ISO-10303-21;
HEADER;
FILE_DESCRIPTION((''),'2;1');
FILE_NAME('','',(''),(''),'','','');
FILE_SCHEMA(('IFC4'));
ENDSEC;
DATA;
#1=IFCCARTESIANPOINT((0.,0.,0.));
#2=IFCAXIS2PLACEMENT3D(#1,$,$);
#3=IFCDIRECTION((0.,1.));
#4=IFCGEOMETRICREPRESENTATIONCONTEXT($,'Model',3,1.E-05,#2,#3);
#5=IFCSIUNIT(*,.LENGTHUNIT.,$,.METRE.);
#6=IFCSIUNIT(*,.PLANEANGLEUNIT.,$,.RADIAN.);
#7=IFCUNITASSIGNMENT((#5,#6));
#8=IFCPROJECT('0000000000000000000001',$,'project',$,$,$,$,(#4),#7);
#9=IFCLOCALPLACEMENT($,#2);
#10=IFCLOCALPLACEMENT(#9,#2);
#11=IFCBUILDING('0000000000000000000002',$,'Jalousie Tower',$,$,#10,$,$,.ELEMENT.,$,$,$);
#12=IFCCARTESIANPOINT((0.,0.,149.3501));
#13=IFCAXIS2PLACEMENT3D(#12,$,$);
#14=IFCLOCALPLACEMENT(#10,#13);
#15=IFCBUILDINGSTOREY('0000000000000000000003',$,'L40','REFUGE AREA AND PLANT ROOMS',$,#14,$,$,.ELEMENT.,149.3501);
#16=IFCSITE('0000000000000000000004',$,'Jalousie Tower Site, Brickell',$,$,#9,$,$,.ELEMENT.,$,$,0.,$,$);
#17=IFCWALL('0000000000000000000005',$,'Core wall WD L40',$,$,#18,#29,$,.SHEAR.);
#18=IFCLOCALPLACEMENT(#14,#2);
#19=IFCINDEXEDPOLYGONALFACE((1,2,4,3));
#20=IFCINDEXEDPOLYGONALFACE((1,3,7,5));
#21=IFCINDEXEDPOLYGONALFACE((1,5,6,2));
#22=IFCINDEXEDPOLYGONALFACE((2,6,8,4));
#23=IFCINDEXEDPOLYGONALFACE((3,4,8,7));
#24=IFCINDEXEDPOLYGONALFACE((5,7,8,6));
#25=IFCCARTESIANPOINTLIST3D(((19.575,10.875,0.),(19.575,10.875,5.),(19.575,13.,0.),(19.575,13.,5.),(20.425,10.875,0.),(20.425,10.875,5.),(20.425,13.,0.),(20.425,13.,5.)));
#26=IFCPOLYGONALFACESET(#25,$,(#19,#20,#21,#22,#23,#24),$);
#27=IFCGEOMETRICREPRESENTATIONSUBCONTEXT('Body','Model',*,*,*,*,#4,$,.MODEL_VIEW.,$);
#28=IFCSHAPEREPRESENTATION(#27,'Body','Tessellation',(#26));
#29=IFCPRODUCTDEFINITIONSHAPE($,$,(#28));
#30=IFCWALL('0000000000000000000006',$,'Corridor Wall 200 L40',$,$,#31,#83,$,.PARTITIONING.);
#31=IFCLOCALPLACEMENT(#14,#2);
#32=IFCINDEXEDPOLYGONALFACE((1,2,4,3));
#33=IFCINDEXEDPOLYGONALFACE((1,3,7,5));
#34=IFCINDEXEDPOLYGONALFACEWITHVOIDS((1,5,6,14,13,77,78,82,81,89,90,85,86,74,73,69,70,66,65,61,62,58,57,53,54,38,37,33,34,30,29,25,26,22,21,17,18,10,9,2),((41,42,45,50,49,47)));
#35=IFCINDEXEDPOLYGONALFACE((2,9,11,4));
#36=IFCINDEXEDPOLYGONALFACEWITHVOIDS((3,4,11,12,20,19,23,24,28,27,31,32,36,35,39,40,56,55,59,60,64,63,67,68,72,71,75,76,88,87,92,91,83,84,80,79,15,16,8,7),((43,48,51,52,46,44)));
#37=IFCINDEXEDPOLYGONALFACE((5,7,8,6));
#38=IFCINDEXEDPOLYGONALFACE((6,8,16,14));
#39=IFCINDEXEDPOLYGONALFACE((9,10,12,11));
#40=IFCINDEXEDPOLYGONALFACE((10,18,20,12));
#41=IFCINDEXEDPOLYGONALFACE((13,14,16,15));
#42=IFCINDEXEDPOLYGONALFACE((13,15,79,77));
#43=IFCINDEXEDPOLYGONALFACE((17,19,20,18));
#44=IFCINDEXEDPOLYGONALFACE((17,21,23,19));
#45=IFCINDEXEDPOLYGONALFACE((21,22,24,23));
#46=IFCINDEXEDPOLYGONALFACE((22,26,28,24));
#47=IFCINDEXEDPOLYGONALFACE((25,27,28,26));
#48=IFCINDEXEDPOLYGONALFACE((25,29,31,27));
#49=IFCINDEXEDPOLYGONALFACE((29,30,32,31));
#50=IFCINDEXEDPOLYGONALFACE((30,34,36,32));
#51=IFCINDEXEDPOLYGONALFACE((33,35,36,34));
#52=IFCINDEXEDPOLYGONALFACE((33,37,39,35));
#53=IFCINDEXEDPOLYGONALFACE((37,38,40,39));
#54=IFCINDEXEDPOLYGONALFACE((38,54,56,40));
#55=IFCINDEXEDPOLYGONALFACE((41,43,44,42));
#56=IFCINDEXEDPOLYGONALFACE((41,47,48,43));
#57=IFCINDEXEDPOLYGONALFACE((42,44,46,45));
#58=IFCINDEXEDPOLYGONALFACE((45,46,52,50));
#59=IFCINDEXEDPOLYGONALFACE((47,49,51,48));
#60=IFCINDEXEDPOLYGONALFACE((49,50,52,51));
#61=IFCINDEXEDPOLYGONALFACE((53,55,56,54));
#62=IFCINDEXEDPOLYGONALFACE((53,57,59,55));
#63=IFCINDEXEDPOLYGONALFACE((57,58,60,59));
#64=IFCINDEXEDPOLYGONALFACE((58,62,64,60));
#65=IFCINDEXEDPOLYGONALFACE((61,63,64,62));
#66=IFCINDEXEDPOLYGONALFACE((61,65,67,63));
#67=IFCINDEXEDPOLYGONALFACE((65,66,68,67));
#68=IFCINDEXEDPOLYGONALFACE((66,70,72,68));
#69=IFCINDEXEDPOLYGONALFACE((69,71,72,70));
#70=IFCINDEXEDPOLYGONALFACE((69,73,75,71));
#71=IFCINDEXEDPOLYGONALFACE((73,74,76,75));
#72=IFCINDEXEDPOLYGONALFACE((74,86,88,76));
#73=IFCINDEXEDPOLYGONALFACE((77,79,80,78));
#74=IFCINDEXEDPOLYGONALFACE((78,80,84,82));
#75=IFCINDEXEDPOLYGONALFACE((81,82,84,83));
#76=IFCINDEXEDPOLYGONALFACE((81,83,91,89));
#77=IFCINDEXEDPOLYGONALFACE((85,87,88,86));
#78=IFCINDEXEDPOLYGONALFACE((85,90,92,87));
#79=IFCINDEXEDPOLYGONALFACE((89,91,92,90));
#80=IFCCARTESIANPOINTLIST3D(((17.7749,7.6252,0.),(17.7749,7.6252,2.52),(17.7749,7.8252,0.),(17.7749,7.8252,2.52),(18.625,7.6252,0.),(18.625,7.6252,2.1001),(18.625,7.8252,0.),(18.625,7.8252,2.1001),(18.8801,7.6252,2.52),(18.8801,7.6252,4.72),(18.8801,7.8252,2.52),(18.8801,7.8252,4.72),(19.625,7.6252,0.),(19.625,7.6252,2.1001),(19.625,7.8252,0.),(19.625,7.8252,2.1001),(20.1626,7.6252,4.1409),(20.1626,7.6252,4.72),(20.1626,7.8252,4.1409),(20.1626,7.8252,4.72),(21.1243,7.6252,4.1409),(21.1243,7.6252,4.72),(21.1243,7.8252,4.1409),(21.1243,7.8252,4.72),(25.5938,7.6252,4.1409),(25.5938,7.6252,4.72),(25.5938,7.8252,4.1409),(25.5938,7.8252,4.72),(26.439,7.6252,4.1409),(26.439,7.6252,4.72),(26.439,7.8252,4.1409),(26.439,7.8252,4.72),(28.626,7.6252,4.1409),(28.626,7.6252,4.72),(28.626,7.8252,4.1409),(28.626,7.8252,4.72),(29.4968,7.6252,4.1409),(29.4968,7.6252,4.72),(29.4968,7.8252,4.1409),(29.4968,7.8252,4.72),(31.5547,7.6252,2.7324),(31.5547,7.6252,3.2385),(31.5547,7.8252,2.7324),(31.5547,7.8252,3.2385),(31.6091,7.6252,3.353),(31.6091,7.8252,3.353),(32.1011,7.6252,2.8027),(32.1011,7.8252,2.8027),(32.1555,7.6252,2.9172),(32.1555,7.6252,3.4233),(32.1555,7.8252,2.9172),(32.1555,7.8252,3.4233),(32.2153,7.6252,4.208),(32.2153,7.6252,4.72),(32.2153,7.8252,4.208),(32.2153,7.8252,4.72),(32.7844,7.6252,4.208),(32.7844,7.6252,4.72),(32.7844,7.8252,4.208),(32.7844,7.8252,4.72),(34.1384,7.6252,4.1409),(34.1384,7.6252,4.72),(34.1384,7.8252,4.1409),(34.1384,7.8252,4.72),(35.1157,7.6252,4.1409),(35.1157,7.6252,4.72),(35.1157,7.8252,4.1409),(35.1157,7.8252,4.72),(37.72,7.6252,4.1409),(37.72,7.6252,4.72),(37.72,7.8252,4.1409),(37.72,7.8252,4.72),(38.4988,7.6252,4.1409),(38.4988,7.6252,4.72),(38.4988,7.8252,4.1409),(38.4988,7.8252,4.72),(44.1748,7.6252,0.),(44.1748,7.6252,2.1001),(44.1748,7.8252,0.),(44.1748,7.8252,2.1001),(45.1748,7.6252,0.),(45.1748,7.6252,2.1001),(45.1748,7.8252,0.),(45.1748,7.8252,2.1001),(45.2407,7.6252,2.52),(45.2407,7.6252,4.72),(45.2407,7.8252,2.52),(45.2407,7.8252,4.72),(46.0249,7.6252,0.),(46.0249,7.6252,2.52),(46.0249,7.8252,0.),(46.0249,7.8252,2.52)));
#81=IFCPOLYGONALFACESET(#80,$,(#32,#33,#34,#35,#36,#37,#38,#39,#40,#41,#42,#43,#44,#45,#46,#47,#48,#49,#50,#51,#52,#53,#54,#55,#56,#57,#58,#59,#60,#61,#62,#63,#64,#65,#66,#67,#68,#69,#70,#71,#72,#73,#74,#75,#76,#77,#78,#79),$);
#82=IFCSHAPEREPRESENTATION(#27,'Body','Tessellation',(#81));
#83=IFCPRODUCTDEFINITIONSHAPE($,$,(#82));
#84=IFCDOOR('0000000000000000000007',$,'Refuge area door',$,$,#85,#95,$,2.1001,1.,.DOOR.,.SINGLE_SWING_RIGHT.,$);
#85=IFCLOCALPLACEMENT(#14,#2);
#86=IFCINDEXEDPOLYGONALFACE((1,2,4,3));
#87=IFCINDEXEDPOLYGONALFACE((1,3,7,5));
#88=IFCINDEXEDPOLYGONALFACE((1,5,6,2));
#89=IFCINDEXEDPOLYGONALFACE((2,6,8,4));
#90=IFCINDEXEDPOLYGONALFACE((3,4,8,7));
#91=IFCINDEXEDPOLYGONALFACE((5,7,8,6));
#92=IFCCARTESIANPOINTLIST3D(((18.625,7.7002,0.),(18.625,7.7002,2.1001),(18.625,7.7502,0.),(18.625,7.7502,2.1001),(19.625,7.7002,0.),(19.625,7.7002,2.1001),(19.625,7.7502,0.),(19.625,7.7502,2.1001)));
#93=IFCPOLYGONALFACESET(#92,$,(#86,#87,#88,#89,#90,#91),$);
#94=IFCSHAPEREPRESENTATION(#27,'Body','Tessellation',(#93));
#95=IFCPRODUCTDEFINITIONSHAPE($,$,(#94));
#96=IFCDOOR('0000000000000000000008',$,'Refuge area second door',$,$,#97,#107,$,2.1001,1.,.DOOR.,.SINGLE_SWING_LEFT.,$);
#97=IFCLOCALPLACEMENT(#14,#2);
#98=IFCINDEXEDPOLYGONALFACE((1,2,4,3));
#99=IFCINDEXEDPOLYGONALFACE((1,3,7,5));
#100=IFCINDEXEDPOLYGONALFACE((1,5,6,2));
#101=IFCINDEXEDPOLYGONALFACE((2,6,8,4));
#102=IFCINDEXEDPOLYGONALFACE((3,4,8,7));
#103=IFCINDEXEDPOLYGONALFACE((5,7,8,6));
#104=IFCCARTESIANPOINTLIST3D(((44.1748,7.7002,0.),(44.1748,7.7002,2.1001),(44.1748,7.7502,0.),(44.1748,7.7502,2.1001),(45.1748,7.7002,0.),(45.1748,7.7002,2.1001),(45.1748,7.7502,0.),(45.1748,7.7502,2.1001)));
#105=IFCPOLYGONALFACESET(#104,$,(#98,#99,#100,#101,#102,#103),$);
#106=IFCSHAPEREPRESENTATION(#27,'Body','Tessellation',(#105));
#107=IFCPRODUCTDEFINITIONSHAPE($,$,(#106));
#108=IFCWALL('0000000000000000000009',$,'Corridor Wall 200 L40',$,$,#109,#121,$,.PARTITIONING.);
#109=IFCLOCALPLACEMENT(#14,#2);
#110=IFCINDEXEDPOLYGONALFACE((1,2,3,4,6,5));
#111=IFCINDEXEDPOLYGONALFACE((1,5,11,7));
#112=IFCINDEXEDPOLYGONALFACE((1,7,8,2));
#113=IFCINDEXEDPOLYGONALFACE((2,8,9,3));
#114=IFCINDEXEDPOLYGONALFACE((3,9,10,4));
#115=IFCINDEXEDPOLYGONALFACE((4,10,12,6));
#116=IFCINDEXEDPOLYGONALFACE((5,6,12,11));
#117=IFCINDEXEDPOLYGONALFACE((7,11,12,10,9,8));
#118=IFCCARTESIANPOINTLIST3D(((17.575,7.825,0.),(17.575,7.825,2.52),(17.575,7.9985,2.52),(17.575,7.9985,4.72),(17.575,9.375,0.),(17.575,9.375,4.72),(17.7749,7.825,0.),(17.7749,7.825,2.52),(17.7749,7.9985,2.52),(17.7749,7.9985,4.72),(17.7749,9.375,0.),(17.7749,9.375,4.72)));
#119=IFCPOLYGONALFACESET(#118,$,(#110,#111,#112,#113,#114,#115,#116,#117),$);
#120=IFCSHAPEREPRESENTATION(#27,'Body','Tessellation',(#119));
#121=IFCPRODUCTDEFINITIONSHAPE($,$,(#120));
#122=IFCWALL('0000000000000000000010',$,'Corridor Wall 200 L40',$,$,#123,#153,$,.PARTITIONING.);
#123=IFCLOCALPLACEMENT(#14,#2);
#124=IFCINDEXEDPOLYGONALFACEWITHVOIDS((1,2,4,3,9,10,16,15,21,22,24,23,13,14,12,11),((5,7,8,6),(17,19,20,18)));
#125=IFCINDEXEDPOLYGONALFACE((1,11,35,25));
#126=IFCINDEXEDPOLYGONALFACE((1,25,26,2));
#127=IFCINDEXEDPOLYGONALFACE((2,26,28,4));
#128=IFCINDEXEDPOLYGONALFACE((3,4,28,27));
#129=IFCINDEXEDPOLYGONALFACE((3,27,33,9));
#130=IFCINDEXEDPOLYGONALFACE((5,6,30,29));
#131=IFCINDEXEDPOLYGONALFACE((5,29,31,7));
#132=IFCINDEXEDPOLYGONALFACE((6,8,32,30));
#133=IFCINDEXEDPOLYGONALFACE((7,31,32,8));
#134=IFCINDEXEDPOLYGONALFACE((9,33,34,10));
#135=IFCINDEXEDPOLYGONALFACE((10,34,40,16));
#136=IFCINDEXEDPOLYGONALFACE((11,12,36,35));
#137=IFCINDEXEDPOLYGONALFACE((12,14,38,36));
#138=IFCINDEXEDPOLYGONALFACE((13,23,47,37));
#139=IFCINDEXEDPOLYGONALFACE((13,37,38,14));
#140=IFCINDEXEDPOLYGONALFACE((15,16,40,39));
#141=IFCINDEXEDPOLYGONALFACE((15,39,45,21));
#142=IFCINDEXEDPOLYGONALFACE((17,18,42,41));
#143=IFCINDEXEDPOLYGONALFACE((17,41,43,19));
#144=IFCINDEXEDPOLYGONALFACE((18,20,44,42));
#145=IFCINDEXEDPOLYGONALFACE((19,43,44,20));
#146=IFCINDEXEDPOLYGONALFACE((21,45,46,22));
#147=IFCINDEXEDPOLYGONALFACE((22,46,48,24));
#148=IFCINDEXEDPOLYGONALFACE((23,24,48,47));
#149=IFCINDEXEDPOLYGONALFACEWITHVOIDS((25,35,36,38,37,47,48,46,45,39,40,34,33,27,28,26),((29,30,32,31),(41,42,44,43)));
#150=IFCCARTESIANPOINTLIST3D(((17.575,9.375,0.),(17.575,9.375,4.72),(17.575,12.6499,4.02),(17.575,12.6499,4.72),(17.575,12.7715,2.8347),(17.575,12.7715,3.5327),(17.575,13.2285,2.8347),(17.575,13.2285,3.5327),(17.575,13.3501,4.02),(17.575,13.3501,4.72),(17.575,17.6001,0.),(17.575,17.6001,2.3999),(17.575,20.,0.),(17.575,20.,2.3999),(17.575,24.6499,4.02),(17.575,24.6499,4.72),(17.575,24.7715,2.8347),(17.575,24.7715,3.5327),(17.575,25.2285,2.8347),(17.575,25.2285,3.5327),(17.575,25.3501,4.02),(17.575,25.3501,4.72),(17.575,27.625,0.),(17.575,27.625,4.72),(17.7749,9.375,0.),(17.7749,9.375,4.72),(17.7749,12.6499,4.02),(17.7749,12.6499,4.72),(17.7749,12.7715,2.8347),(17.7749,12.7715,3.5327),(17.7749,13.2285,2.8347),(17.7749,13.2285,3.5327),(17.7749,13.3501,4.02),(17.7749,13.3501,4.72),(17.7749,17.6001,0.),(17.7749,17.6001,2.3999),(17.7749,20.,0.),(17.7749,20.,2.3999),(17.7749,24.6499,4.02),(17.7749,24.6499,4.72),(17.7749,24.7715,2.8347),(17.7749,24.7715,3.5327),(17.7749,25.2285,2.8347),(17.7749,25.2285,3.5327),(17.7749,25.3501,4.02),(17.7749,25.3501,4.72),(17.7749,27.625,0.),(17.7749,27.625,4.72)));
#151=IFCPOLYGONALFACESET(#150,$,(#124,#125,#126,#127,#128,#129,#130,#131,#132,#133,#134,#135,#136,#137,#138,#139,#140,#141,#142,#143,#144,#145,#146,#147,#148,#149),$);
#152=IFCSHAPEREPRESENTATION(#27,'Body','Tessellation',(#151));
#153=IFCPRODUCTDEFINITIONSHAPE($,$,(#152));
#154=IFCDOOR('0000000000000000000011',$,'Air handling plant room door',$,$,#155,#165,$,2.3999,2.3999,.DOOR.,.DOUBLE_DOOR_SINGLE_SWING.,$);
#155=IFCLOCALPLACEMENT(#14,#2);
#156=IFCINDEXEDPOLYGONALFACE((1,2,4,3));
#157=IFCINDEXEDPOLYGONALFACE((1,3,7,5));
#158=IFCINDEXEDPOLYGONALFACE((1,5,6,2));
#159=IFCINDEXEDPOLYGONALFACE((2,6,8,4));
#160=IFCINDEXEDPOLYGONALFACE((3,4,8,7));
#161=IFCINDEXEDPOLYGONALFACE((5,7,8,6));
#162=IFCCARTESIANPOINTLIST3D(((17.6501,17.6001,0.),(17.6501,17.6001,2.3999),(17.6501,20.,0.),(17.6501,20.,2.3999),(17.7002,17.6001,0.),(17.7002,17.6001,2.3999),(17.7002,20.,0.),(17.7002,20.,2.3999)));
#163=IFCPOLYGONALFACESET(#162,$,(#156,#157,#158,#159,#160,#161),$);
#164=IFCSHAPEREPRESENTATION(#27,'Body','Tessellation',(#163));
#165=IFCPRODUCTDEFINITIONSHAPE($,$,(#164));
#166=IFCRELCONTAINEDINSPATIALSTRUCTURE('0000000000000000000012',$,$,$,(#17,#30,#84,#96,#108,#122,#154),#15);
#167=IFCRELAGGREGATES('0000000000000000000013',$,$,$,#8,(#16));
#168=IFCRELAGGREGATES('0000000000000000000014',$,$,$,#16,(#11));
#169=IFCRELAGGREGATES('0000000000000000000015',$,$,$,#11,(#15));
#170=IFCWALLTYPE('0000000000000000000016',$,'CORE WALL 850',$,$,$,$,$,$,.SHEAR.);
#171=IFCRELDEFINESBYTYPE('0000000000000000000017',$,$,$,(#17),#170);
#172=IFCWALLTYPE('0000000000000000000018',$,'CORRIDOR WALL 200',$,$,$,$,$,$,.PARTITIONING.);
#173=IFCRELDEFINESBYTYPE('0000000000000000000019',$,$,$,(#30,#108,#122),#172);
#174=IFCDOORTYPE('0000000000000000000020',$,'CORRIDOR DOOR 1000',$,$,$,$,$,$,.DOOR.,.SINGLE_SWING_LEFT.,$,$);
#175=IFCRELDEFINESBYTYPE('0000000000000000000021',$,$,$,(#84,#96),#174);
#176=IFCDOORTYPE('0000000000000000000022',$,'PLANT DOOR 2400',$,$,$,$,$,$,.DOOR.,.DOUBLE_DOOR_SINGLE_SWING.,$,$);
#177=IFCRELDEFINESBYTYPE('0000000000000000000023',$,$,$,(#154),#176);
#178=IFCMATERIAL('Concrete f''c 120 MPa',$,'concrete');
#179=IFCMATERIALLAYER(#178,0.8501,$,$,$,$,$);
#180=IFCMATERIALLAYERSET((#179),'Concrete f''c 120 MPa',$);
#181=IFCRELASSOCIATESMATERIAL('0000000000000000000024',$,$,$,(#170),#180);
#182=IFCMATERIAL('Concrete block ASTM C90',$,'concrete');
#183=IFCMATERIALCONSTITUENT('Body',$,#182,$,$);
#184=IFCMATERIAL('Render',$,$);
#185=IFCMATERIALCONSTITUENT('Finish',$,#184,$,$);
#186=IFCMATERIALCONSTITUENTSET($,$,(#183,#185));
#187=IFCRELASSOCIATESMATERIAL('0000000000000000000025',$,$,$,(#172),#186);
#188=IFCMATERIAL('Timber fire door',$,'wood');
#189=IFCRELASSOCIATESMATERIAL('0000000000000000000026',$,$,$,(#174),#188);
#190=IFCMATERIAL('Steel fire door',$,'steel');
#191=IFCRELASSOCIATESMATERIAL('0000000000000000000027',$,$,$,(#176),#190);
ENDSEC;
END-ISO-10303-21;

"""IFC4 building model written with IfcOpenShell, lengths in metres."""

from ifc_helpers import new_model, si_unit, direction, frame, frame_2d, origin, place, context, subcontext, project, spatial, polyline, rectangle, outline, extrude, material, layer, layer_set, constituent, constituent_set, type_object, element, fill, save


model = new_model("IFC4")

# Units and contexts
model_context = context("Model", 3, precision=1e-05, world=origin(), true_north=direction((0.0, 1.0)))
body_context = subcontext(model_context, "Body", "Model", "MODEL_VIEW")
ifc_project = project(units=[si_unit("LENGTHUNIT", "METRE"), si_unit("PLANEANGLEUNIT", "RADIAN")], contexts=[model_context])

# Site, building, storey
site_placement = place(None, origin())
site = spatial("IfcSite", under=ifc_project, at=site_placement, Name="Jalousie Tower Site, Brickell", CompositionType="ELEMENT", RefElevation=0.0)
building_placement = place(site_placement, origin())
building = spatial("IfcBuilding", under=site, at=building_placement, Name="Jalousie Tower", CompositionType="ELEMENT")
storey_placement = place(building_placement, frame((0.0, 0.0, 149.3501)))
storey = spatial("IfcBuildingStorey", under=building, at=storey_placement, Name="L40", Description="REFUGE AREA AND PLANT ROOMS", CompositionType="ELEMENT", Elevation=149.3501)

# Wall
ifc_material_1 = material(Name="Concrete f'c 120 MPa", Category="concrete")
ifc_layer_1 = layer(ifc_material_1, 0.8501)
ifc_layer_set_1 = layer_set([ifc_layer_1], Name="Concrete f'c 120 MPa")
wall_type_1 = type_object("IfcWallType", Name="CORE WALL 850", PredefinedType="SHEAR", material=ifc_layer_set_1)
wall_1_placement = place(storey_placement, frame((20.0, 13.0, 0.0), z_axis=(0.0, 0.0, 1.0), x_axis=(0.0, -1.0, 0.0)))
element("IfcWall", 1, at=wall_1_placement, inside=storey, type_object=wall_type_1, Name="Core wall WD L40", PredefinedType="SHEAR", context=body_context, shape_type="SweptSolid", body=[
    extrude(rectangle(XDim=2.125, YDim=0.8501, at=frame_2d((1.0625, 0.0))), origin(), (0.0, 0.0, 1.0), 5.0),
])

# Wall, openings, doors
ifc_material_2 = material(Name="Concrete block ASTM C90", Category="concrete")
ifc_constituent_1 = constituent(ifc_material_2, Name="Body")
ifc_material_3 = material(Name="Render")
ifc_constituent_2 = constituent(ifc_material_3, Name="Finish")
ifc_constituent_set_1 = constituent_set(constituents=[ifc_constituent_1, ifc_constituent_2])
wall_type_2 = type_object("IfcWallType", Name="CORRIDOR WALL 200", PredefinedType="PARTITIONING", material=ifc_constituent_set_1)
wall_2_placement = place(storey_placement, frame((17.7749, 7.7251, 0.0), z_axis=(0.0, 0.0, 1.0), x_axis=(1.0, 0.0, 0.0)))
wall_2 = element("IfcWall", 2, at=wall_2_placement, inside=storey, type_object=wall_type_2, Name="Corridor Wall 200 L40", PredefinedType="PARTITIONING", context=body_context, shape_type="SweptSolid", body=[
    extrude(outline(polyline([(0.0, 0.0), (28.25, 0.0), (28.25, 2.52), (27.4658, 2.52), (27.4658, 4.72), (20.7239, 4.72), (20.7239, 4.1409), (19.9451, 4.1409), (19.9451, 4.72), (17.3408, 4.72), (17.3408, 4.1409), (16.3635, 4.1409), (16.3635, 4.72), (15.0095, 4.72), (15.0095, 4.208), (14.4404, 4.208), (14.4404, 4.72), (11.7219, 4.72), (11.7219, 4.1409), (10.8511, 4.1409), (10.8511, 4.72), (8.6641, 4.72), (8.6641, 4.1409), (7.8188, 4.1409), (7.8188, 4.72), (3.3494, 4.72), (3.3494, 4.1409), (2.3877, 4.1409), (2.3877, 4.72), (1.1052, 4.72), (1.1052, 2.52), (0.0, 2.52), (0.0, 0.0)]), holes=[polyline([(13.7798, 3.2385), (13.8342, 3.353), (14.3806, 3.4233), (14.3806, 2.9172), (14.3262, 2.8027), (13.7798, 2.7324), (13.7798, 3.2385)])]), frame((0.0, 0.1001, 0.0), z_axis=(0.0, -1.0, 0.0), x_axis=(1.0, 0.0, 0.0)), (0.0, 0.0, 1.0), 0.2),
])
opening_1_placement = place(wall_2_placement, frame((0.8501, 0.0, 0.0)))
opening_1 = element("IfcOpeningElement", 3, at=opening_1_placement, cuts=wall_2, PredefinedType="OPENING", context=body_context, shape_type="SweptSolid", body=[
    extrude(rectangle(XDim=1.0, YDim=2.1001, at=frame_2d((0.5, 1.05))), frame((0.0, 0.1099, 0.0), z_axis=(0.0, -1.0, 0.0), x_axis=(1.0, 0.0, 0.0)), (0.0, 0.0, 1.0), 0.22),
])
opening_2_placement = place(wall_2_placement, frame((26.3999, 0.0, 0.0)))
opening_2 = element("IfcOpeningElement", 4, at=opening_2_placement, cuts=wall_2, PredefinedType="OPENING", context=body_context, shape_type="SweptSolid", body=[
    extrude(rectangle(XDim=1.0, YDim=2.1001, at=frame_2d((0.5, 1.05))), frame((0.0, 0.1099, 0.0), z_axis=(0.0, -1.0, 0.0), x_axis=(1.0, 0.0, 0.0)), (0.0, 0.0, 1.0), 0.22),
])
ifc_material_4 = material(Name="Timber fire door", Category="wood")
door_type_1 = type_object("IfcDoorType", Name="CORRIDOR DOOR 1000", OperationType="SINGLE_SWING_LEFT", PredefinedType="DOOR", material=ifc_material_4)
door_1_placement = place(opening_1_placement, frame((1.0, 0.0, 0.0), z_axis=(0.0, 0.0, 1.0), x_axis=(-1.0, 0.0, 0.0)))
door_1 = element("IfcDoor", 5, at=door_1_placement, inside=storey, type_object=door_type_1, Name="Refuge area door", OperationType="SINGLE_SWING_RIGHT", OverallHeight=2.1001, OverallWidth=1.0, PredefinedType="DOOR", context=body_context, shape_type="SweptSolid", body=[
    extrude(rectangle(XDim=1.0, YDim=2.1001, at=frame_2d((0.5, 1.05))), frame((0.0, 0.0249, 0.0), z_axis=(0.0, -1.0, 0.0), x_axis=(1.0, 0.0, 0.0)), (0.0, 0.0, 1.0), 0.05),
])
fill(opening_1, door_1)
door_2_placement = place(opening_2_placement, frame((1.0, 0.0, 0.0), z_axis=(0.0, 0.0, 1.0), x_axis=(-1.0, 0.0, 0.0)))
door_2 = element("IfcDoor", 6, at=door_2_placement, inside=storey, type_object=door_type_1, Name="Refuge area second door", OperationType="SINGLE_SWING_LEFT", OverallHeight=2.1001, OverallWidth=1.0, PredefinedType="DOOR", context=body_context, shape_type="SweptSolid", body=[
    extrude(rectangle(XDim=1.0, YDim=2.1001, at=frame_2d((0.5, 1.05))), frame((0.0, 0.0249, 0.0), z_axis=(0.0, -1.0, 0.0), x_axis=(1.0, 0.0, 0.0)), (0.0, 0.0, 1.0), 0.05),
])
fill(opening_2, door_2)

# Wall
wall_3_placement = place(storey_placement, frame((17.675, 7.825, 0.0), z_axis=(0.0, 0.0, 1.0), x_axis=(0.0, 1.0, 0.0)))
element("IfcWall", 7, at=wall_3_placement, inside=storey, type_object=wall_type_2, Name="Corridor Wall 200 L40", PredefinedType="PARTITIONING", context=body_context, shape_type="SweptSolid", body=[
    extrude(outline(polyline([(0.0, 0.0), (1.55, 0.0), (1.55, 4.72), (0.1736, 4.72), (0.1736, 2.52), (0.0, 2.52), (0.0, 0.0)])), frame((0.0, 0.1001, 0.0), z_axis=(0.0, -1.0, 0.0), x_axis=(1.0, 0.0, 0.0)), (0.0, 0.0, 1.0), 0.2),
])

# Wall, opening, door
wall_4_placement = place(storey_placement, frame((17.675, 9.375, 0.0), z_axis=(0.0, 0.0, 1.0), x_axis=(0.0, 1.0, 0.0)))
wall_4 = element("IfcWall", 8, at=wall_4_placement, inside=storey, type_object=wall_type_2, Name="Corridor Wall 200 L40", PredefinedType="PARTITIONING", context=body_context, shape_type="SweptSolid", body=[
    extrude(outline(polyline([(18.25, 0.0), (18.25, 4.72), (15.9751, 4.72), (15.9751, 4.02), (15.2749, 4.02), (15.2749, 4.72), (3.9751, 4.72), (3.9751, 4.02), (3.2749, 4.02), (3.2749, 4.72), (0.0, 4.72), (0.0, 0.0), (18.25, 0.0)]), holes=[polyline([(3.3965, 2.8347), (3.3965, 3.5327), (3.8535, 3.5327), (3.8535, 2.8347), (3.3965, 2.8347)]), polyline([(15.3965, 2.8347), (15.3965, 3.5327), (15.8535, 3.5327), (15.8535, 2.8347), (15.3965, 2.8347)])]), frame((0.0, 0.1001, 0.0), z_axis=(0.0, -1.0, 0.0), x_axis=(1.0, 0.0, 0.0)), (0.0, 0.0, 1.0), 0.2),
])
opening_3_placement = place(wall_4_placement, frame((8.2251, 0.0, 0.0)))
opening_3 = element("IfcOpeningElement", 9, at=opening_3_placement, cuts=wall_4, PredefinedType="OPENING", context=body_context, shape_type="SweptSolid", body=[
    extrude(rectangle(XDim=2.3999, YDim=2.3999, at=frame_2d((1.2, 1.2))), frame((0.0, 0.1099, 0.0), z_axis=(0.0, -1.0, 0.0), x_axis=(1.0, 0.0, 0.0)), (0.0, 0.0, 1.0), 0.22),
])
ifc_material_5 = material(Name="Steel fire door", Category="steel")
door_type_2 = type_object("IfcDoorType", Name="PLANT DOOR 2400", OperationType="DOUBLE_DOOR_SINGLE_SWING", PredefinedType="DOOR", material=ifc_material_5)
door_3_placement = place(opening_3_placement, origin())
door_3 = element("IfcDoor", 10, at=door_3_placement, inside=storey, type_object=door_type_2, Name="Air handling plant room door", OperationType="DOUBLE_DOOR_SINGLE_SWING", OverallHeight=2.3999, OverallWidth=2.3999, PredefinedType="DOOR", context=body_context, shape_type="SweptSolid", body=[
    extrude(rectangle(XDim=2.3999, YDim=2.3999, at=frame_2d((1.2, 1.2))), frame((0.0, 0.0249, 0.0), z_axis=(0.0, -1.0, 0.0), x_axis=(1.0, 0.0, 0.0)), (0.0, 0.0, 1.0), 0.05),
])
fill(opening_3, door_3)

save(model, "model.ifc")
